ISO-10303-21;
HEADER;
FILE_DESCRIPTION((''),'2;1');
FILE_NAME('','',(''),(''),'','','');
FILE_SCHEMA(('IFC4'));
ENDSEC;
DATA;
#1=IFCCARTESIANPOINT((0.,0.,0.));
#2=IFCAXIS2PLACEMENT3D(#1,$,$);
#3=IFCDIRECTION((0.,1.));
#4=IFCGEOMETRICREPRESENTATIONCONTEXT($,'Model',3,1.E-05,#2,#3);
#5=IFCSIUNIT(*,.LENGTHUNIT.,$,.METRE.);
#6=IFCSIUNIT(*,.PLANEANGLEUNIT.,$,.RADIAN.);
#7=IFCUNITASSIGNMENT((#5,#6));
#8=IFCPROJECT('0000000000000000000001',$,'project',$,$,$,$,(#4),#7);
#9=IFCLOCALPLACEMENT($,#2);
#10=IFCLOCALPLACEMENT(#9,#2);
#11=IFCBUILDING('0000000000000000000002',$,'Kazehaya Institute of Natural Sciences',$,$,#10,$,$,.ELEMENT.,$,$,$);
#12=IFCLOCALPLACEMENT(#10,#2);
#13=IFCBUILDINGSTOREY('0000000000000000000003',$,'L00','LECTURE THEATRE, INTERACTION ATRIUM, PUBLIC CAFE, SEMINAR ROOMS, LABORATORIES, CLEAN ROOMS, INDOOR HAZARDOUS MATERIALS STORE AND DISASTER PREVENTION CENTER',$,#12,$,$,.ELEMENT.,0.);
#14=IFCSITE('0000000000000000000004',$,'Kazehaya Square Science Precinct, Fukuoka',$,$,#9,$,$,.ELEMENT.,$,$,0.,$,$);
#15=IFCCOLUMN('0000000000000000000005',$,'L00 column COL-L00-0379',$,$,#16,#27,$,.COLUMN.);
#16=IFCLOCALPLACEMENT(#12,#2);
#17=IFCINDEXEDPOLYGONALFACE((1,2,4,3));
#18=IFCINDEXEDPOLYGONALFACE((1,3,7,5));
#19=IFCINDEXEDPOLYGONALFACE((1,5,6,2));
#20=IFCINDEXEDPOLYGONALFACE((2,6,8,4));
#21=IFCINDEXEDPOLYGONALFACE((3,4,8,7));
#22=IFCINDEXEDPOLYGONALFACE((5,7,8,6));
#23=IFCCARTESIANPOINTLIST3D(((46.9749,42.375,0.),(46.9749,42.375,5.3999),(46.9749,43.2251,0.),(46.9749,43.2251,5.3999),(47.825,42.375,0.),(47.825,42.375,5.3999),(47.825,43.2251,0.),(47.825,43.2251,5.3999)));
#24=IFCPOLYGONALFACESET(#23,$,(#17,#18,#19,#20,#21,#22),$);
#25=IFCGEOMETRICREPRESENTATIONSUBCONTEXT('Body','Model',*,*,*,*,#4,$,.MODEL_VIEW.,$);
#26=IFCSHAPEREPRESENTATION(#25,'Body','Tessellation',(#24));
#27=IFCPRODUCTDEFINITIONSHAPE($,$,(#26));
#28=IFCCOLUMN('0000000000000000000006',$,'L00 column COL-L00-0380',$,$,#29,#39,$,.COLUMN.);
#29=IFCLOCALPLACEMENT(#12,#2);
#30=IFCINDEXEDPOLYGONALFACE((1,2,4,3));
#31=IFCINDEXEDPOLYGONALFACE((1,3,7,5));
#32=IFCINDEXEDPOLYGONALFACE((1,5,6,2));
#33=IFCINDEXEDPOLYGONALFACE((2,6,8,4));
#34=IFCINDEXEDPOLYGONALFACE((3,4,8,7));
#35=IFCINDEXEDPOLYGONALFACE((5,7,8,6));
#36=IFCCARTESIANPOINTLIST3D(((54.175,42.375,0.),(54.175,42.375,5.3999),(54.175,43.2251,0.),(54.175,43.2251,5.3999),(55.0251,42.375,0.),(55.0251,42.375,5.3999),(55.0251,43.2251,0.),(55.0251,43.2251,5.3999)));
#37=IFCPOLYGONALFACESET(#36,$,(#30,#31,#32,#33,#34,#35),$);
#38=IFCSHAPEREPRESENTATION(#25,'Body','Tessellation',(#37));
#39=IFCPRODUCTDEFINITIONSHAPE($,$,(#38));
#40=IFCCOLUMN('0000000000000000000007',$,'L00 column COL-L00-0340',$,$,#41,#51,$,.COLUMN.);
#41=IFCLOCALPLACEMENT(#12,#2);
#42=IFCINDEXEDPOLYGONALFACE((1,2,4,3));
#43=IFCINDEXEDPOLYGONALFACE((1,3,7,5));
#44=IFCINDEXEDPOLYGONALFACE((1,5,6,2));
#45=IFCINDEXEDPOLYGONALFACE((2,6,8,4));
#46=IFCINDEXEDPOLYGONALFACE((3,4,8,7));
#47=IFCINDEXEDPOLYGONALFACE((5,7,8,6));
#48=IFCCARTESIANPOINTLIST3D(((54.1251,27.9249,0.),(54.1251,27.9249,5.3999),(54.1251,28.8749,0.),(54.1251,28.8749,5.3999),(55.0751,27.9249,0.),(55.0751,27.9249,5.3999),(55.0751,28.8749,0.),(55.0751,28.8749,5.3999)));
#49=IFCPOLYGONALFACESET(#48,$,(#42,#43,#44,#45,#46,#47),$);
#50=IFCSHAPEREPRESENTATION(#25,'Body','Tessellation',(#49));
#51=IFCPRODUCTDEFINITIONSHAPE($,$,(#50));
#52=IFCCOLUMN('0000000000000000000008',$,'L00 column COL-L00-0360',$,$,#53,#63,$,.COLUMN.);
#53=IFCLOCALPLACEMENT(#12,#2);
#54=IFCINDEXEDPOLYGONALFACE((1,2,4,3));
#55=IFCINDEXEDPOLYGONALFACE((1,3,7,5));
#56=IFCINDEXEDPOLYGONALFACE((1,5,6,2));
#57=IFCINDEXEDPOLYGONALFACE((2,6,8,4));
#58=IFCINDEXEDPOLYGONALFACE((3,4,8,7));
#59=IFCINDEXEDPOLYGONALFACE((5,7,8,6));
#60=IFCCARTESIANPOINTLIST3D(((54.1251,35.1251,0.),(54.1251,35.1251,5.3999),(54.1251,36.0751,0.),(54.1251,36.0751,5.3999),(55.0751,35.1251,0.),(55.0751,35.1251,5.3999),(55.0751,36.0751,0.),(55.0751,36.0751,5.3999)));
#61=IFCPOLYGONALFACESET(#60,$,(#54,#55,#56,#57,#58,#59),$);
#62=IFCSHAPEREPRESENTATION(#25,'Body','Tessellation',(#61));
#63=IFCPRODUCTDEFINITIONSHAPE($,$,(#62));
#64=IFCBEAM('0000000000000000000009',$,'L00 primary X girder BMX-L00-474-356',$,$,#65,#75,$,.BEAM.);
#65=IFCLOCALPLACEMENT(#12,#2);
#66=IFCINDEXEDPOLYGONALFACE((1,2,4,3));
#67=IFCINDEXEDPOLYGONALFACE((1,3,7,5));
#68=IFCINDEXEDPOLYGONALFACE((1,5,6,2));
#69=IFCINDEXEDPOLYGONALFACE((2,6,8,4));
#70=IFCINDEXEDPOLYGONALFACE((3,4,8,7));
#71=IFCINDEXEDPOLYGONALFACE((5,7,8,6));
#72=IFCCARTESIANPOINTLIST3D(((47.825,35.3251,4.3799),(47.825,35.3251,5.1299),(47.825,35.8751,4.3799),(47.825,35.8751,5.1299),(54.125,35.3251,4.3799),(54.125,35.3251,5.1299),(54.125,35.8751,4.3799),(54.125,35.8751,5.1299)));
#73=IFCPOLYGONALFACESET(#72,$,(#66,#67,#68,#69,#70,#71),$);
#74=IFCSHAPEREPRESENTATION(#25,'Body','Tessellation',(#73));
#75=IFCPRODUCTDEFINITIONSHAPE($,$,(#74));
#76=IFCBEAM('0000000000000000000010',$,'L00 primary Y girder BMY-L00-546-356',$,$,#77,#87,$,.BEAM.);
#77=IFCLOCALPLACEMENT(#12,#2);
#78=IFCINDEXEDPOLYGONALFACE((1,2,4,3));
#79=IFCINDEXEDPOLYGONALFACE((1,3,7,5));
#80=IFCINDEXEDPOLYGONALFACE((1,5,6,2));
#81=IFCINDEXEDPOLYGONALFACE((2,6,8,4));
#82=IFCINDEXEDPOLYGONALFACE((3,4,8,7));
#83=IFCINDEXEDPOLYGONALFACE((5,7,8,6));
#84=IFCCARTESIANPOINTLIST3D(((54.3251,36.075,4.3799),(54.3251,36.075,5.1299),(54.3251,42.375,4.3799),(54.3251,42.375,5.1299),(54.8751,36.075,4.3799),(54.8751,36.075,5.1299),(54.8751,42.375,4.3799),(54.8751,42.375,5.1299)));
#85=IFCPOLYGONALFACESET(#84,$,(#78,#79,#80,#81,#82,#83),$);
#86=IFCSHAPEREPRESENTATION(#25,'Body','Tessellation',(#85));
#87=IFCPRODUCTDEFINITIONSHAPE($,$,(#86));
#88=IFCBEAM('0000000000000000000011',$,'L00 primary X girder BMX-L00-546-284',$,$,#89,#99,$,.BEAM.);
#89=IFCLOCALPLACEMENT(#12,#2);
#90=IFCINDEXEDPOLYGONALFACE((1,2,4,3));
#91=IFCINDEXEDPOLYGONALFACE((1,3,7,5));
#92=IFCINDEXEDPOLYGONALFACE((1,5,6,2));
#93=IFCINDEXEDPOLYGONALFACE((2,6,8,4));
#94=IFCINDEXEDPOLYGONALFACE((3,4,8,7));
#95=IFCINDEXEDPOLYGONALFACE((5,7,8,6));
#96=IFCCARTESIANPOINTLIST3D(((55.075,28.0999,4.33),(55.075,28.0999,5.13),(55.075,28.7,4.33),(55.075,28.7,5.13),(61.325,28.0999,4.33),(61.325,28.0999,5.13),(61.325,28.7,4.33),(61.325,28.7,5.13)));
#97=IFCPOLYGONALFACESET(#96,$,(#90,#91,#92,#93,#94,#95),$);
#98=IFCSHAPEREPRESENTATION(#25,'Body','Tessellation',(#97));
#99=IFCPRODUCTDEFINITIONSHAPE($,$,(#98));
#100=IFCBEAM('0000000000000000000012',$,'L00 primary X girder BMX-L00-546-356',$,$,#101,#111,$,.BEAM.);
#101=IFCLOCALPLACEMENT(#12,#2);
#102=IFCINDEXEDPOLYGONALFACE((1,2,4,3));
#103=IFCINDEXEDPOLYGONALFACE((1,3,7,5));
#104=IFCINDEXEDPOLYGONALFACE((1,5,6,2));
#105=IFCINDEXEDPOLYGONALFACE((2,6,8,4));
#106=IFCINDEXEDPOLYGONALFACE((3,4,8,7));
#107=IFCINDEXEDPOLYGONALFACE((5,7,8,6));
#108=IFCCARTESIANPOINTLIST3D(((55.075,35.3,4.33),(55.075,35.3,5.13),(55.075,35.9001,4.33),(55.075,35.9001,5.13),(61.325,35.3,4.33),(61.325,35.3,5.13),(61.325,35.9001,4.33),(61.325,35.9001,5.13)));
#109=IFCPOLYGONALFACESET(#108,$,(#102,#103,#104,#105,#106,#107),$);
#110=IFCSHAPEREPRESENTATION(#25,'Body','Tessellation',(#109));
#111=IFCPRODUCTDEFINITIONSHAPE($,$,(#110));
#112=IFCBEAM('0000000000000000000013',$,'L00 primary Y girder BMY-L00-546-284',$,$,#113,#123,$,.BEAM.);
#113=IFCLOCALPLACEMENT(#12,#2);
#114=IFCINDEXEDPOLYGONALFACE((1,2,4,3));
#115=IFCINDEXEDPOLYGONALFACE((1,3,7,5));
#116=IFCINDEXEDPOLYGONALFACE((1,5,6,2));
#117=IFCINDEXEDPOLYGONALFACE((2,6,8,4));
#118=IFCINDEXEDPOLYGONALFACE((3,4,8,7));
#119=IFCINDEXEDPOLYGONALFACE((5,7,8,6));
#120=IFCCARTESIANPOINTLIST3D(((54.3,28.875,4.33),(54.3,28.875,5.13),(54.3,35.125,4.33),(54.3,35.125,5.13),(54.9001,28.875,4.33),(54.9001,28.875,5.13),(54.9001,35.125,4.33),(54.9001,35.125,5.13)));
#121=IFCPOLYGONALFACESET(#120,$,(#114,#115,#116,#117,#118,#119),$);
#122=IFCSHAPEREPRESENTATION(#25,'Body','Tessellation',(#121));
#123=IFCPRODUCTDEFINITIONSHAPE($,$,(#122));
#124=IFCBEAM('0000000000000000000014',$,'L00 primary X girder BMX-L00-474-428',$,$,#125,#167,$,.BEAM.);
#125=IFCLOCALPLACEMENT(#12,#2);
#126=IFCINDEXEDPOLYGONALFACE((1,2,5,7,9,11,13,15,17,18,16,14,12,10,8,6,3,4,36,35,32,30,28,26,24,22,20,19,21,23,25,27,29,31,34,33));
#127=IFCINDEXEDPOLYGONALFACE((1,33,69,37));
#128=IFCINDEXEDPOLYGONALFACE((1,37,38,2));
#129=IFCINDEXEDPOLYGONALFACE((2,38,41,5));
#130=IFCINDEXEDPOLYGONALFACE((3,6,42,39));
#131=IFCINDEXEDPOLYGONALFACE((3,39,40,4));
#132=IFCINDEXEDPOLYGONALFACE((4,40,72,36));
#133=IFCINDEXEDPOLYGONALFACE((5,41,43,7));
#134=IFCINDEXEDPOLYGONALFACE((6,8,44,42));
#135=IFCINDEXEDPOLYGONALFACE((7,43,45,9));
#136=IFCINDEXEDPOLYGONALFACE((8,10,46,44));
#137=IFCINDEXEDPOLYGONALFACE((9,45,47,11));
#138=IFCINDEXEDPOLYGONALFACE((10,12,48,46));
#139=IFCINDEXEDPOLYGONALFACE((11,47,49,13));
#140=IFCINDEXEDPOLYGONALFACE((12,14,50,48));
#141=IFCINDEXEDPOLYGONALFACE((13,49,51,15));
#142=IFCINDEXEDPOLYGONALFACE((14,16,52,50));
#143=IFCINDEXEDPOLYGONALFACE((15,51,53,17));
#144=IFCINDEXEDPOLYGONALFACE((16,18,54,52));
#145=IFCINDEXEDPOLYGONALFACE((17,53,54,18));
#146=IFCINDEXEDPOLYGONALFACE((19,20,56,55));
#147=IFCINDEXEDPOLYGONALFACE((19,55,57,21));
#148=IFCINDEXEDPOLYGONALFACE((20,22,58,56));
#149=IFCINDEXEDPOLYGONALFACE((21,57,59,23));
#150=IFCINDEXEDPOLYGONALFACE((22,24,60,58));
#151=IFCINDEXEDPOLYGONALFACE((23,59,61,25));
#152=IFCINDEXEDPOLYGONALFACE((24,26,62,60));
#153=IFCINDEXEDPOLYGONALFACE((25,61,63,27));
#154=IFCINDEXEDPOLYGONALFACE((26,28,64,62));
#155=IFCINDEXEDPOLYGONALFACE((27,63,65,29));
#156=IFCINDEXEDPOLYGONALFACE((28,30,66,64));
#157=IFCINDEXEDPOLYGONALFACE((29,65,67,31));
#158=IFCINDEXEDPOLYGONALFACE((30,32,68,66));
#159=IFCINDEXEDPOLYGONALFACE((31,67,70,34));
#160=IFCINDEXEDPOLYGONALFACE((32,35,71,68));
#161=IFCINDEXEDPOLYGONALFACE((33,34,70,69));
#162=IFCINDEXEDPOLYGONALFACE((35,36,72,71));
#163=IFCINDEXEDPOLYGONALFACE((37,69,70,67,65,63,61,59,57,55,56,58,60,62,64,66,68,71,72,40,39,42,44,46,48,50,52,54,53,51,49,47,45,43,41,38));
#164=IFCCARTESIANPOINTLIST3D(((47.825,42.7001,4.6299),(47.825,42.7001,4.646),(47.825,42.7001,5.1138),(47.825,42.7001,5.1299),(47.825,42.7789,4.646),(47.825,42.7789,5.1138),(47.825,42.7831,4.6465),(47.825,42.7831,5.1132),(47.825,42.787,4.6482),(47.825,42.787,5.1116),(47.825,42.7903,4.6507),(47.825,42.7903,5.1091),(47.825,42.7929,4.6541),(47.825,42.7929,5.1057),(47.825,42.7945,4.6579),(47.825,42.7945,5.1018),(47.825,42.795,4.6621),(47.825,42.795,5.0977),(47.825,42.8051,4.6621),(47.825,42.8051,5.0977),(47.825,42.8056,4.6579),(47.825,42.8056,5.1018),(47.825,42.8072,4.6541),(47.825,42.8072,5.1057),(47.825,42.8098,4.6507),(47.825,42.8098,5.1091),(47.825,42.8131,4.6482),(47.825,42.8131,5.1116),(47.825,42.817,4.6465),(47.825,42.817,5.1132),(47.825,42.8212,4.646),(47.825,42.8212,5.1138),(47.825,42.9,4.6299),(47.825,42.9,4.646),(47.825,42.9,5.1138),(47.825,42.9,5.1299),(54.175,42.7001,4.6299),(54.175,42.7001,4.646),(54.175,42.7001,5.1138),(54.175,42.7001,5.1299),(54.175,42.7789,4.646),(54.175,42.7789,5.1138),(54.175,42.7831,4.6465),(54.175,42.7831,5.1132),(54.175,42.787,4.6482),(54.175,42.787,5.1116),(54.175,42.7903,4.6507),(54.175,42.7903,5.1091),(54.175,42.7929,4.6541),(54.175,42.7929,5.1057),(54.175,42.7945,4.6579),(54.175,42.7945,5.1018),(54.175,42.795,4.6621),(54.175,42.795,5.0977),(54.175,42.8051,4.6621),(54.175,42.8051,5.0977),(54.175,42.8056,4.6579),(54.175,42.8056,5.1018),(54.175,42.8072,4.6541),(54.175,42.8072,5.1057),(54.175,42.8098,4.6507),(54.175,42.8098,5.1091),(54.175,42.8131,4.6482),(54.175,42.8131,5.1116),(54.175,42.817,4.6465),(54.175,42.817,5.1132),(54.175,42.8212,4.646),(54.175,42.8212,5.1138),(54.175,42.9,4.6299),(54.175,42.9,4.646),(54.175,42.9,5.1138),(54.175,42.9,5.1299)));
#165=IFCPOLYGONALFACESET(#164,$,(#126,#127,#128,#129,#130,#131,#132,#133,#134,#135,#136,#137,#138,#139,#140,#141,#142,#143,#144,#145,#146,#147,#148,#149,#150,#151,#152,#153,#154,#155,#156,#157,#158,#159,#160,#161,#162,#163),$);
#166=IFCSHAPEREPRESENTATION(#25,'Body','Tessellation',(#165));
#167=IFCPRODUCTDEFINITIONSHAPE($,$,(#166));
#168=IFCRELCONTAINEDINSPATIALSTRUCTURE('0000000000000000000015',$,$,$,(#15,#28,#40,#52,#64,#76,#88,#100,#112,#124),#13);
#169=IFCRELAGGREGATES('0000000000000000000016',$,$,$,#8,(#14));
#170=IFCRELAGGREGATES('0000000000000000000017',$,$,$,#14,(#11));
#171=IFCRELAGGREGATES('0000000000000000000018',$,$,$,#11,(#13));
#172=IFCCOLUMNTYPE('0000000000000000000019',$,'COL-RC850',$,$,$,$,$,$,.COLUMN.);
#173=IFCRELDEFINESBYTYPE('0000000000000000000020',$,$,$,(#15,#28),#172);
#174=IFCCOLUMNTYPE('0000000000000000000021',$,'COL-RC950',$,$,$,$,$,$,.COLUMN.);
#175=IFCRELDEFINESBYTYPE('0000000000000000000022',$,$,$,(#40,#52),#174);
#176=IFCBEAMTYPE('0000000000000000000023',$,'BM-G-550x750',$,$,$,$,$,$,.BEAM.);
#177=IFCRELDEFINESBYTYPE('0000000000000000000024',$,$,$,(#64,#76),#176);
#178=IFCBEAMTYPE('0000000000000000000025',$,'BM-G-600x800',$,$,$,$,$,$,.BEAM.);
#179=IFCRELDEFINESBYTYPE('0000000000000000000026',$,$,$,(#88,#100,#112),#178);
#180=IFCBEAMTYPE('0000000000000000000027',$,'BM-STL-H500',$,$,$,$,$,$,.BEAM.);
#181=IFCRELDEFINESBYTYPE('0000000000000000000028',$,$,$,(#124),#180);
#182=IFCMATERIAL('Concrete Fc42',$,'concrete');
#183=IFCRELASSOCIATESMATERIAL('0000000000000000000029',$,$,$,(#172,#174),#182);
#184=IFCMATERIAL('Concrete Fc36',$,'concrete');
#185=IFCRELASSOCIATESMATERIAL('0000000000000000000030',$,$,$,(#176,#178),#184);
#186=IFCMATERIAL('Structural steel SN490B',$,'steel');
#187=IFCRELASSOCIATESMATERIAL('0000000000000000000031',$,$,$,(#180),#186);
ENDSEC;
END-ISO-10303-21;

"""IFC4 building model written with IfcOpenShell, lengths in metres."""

from ifc_helpers import new_model, si_unit, direction, frame, origin, origin_2d, place, context, subcontext, project, spatial, rectangle, i_section, extrude, material, material_profile, profile_set, type_object, element, save


model = new_model("IFC4")

# Units and contexts
model_context = context("Model", 3, precision=1e-05, world=origin(), true_north=direction((0.0, 1.0)))
body_context = subcontext(model_context, "Body", "Model", "MODEL_VIEW")
ifc_project = project(units=[si_unit("LENGTHUNIT", "METRE"), si_unit("PLANEANGLEUNIT", "RADIAN")], contexts=[model_context])

# Site, building, storey
site_placement = place(None, origin())
site = spatial("IfcSite", under=ifc_project, at=site_placement, Name="Kazehaya Square Science Precinct, Fukuoka", CompositionType="ELEMENT", RefElevation=0.0)
building_placement = place(site_placement, origin())
building = spatial("IfcBuilding", under=site, at=building_placement, Name="Kazehaya Institute of Natural Sciences", CompositionType="ELEMENT")
storey_placement = place(building_placement, origin())
storey = spatial("IfcBuildingStorey", under=building, at=storey_placement, Name="L00", Description="LECTURE THEATRE, INTERACTION ATRIUM, PUBLIC CAFE, SEMINAR ROOMS, LABORATORIES, CLEAN ROOMS, INDOOR HAZARDOUS MATERIALS STORE AND DISASTER PREVENTION CENTER", CompositionType="ELEMENT", Elevation=0.0)

# Columns
ifc_material_1 = material(Name="Concrete Fc42", Category="concrete")
ifc_material_profile_1 = material_profile(ifc_material_1, rectangle(XDim=0.8501, YDim=0.8501, at=origin_2d()), Name="RC-850x850")
ifc_profile_set_1 = profile_set([ifc_material_profile_1], Name="Concrete Fc42")
column_type_1 = type_object("IfcColumnType", Name="COL-RC850", PredefinedType="COLUMN", material=ifc_profile_set_1)
for number, where, z_axis, x_axis, name in (
    (1, (47.3999, 42.8, 0.0), (0.0, 0.0, 1.0), (1.0, 0.0, 0.0), "L00 column COL-L00-0379"),
    (2, (54.6001, 42.8, 0.0), (0.0, 0.0, 1.0), (1.0, 0.0, 0.0), "L00 column COL-L00-0380"),
):
    element("IfcColumn", number, at=place(storey_placement, frame(where, z_axis=z_axis, x_axis=x_axis)), inside=storey, type_object=column_type_1, Name=name, PredefinedType="COLUMN", context=body_context, shape_type="SweptSolid", body=[
        extrude(rectangle(XDim=0.8501, YDim=0.8501, at=origin_2d()), origin(), (0.0, 0.0, 1.0), 5.3999),
    ])
ifc_material_profile_2 = material_profile(ifc_material_1, rectangle(XDim=0.95, YDim=0.95, at=origin_2d()), Name="RC-950x950")
ifc_profile_set_2 = profile_set([ifc_material_profile_2], Name="Concrete Fc42")
column_type_2 = type_object("IfcColumnType", Name="COL-RC950", PredefinedType="COLUMN", material=ifc_profile_set_2)
for number, where, z_axis, x_axis, name in (
    (3, (54.6001, 28.3999, 0.0), (0.0, 0.0, 1.0), (1.0, 0.0, 0.0), "L00 column COL-L00-0340"),
    (4, (54.6001, 35.6001, 0.0), (0.0, 0.0, 1.0), (1.0, 0.0, 0.0), "L00 column COL-L00-0360"),
):
    element("IfcColumn", number, at=place(storey_placement, frame(where, z_axis=z_axis, x_axis=x_axis)), inside=storey, type_object=column_type_2, Name=name, PredefinedType="COLUMN", context=body_context, shape_type="SweptSolid", body=[
        extrude(rectangle(XDim=0.95, YDim=0.95, at=origin_2d()), origin(), (0.0, 0.0, 1.0), 5.3999),
    ])

# Beams
ifc_material_2 = material(Name="Concrete Fc36", Category="concrete")
ifc_material_profile_3 = material_profile(ifc_material_2, rectangle(XDim=0.55, YDim=0.75, at=origin_2d()), Name="RC-550x750")
ifc_profile_set_3 = profile_set([ifc_material_profile_3], Name="Concrete Fc36")
beam_type_1 = type_object("IfcBeamType", Name="BM-G-550x750", PredefinedType="BEAM", material=ifc_profile_set_3)
for number, where, z_axis, x_axis, name in (
    (5, (47.825, 35.6001, 4.7549), (1.0, 0.0, 0.0), (0.0, 1.0, 0.0), "L00 primary X girder BMX-L00-474-356"),
    (6, (54.6001, 36.075, 4.7549), (0.0, 1.0, 0.0), (-1.0, 0.0, 0.0), "L00 primary Y girder BMY-L00-546-356"),
):
    element("IfcBeam", number, at=place(storey_placement, frame(where, z_axis=z_axis, x_axis=x_axis)), inside=storey, type_object=beam_type_1, Name=name, PredefinedType="BEAM", context=body_context, shape_type="SweptSolid", body=[
        extrude(rectangle(XDim=0.55, YDim=0.75, at=origin_2d()), origin(), (0.0, 0.0, 1.0), 6.3),
    ])
ifc_material_profile_4 = material_profile(ifc_material_2, rectangle(XDim=0.6001, YDim=0.8, at=origin_2d()), Name="RC-600x800")
ifc_profile_set_4 = profile_set([ifc_material_profile_4], Name="Concrete Fc36")
beam_type_2 = type_object("IfcBeamType", Name="BM-G-600x800", PredefinedType="BEAM", material=ifc_profile_set_4)
for number, where, z_axis, x_axis, name in (
    (7, (55.075, 28.3999, 4.73), (1.0, 0.0, 0.0), (0.0, 1.0, 0.0), "L00 primary X girder BMX-L00-546-284"),
    (8, (55.075, 35.6001, 4.73), (1.0, 0.0, 0.0), (0.0, 1.0, 0.0), "L00 primary X girder BMX-L00-546-356"),
    (9, (54.6001, 28.875, 4.73), (0.0, 1.0, 0.0), (-1.0, 0.0, 0.0), "L00 primary Y girder BMY-L00-546-284"),
):
    element("IfcBeam", number, at=place(storey_placement, frame(where, z_axis=z_axis, x_axis=x_axis)), inside=storey, type_object=beam_type_2, Name=name, PredefinedType="BEAM", context=body_context, shape_type="SweptSolid", body=[
        extrude(rectangle(XDim=0.6001, YDim=0.8, at=origin_2d()), origin(), (0.0, 0.0, 1.0), 6.25),
    ])
ifc_material_3 = material(Name="Structural steel SN490B", Category="steel")
ifc_material_profile_5 = material_profile(ifc_material_3, i_section(OverallWidth=0.2, OverallDepth=0.5, WebThickness=0.01, FlangeThickness=0.0161, FilletRadius=0.0161, at=origin_2d()), Name="H-500x200x10x16")
ifc_profile_set_5 = profile_set([ifc_material_profile_5], Name="Structural steel SN490B")
beam_type_3 = type_object("IfcBeamType", Name="BM-STL-H500", PredefinedType="BEAM", material=ifc_profile_set_5)
beam_1_placement = place(storey_placement, frame((47.825, 42.8, 4.8799), z_axis=(1.0, 0.0, 0.0), x_axis=(0.0, 1.0, 0.0)))
element("IfcBeam", 10, at=beam_1_placement, inside=storey, type_object=beam_type_3, Name="L00 primary X girder BMX-L00-474-428", PredefinedType="BEAM", context=body_context, shape_type="SweptSolid", body=[
    extrude(i_section(OverallWidth=0.2, OverallDepth=0.5, WebThickness=0.01, FlangeThickness=0.0161, FilletRadius=0.0161, at=origin_2d()), origin(), (0.0, 0.0, 1.0), 6.3501),
])

save(model, "model.ifc")
